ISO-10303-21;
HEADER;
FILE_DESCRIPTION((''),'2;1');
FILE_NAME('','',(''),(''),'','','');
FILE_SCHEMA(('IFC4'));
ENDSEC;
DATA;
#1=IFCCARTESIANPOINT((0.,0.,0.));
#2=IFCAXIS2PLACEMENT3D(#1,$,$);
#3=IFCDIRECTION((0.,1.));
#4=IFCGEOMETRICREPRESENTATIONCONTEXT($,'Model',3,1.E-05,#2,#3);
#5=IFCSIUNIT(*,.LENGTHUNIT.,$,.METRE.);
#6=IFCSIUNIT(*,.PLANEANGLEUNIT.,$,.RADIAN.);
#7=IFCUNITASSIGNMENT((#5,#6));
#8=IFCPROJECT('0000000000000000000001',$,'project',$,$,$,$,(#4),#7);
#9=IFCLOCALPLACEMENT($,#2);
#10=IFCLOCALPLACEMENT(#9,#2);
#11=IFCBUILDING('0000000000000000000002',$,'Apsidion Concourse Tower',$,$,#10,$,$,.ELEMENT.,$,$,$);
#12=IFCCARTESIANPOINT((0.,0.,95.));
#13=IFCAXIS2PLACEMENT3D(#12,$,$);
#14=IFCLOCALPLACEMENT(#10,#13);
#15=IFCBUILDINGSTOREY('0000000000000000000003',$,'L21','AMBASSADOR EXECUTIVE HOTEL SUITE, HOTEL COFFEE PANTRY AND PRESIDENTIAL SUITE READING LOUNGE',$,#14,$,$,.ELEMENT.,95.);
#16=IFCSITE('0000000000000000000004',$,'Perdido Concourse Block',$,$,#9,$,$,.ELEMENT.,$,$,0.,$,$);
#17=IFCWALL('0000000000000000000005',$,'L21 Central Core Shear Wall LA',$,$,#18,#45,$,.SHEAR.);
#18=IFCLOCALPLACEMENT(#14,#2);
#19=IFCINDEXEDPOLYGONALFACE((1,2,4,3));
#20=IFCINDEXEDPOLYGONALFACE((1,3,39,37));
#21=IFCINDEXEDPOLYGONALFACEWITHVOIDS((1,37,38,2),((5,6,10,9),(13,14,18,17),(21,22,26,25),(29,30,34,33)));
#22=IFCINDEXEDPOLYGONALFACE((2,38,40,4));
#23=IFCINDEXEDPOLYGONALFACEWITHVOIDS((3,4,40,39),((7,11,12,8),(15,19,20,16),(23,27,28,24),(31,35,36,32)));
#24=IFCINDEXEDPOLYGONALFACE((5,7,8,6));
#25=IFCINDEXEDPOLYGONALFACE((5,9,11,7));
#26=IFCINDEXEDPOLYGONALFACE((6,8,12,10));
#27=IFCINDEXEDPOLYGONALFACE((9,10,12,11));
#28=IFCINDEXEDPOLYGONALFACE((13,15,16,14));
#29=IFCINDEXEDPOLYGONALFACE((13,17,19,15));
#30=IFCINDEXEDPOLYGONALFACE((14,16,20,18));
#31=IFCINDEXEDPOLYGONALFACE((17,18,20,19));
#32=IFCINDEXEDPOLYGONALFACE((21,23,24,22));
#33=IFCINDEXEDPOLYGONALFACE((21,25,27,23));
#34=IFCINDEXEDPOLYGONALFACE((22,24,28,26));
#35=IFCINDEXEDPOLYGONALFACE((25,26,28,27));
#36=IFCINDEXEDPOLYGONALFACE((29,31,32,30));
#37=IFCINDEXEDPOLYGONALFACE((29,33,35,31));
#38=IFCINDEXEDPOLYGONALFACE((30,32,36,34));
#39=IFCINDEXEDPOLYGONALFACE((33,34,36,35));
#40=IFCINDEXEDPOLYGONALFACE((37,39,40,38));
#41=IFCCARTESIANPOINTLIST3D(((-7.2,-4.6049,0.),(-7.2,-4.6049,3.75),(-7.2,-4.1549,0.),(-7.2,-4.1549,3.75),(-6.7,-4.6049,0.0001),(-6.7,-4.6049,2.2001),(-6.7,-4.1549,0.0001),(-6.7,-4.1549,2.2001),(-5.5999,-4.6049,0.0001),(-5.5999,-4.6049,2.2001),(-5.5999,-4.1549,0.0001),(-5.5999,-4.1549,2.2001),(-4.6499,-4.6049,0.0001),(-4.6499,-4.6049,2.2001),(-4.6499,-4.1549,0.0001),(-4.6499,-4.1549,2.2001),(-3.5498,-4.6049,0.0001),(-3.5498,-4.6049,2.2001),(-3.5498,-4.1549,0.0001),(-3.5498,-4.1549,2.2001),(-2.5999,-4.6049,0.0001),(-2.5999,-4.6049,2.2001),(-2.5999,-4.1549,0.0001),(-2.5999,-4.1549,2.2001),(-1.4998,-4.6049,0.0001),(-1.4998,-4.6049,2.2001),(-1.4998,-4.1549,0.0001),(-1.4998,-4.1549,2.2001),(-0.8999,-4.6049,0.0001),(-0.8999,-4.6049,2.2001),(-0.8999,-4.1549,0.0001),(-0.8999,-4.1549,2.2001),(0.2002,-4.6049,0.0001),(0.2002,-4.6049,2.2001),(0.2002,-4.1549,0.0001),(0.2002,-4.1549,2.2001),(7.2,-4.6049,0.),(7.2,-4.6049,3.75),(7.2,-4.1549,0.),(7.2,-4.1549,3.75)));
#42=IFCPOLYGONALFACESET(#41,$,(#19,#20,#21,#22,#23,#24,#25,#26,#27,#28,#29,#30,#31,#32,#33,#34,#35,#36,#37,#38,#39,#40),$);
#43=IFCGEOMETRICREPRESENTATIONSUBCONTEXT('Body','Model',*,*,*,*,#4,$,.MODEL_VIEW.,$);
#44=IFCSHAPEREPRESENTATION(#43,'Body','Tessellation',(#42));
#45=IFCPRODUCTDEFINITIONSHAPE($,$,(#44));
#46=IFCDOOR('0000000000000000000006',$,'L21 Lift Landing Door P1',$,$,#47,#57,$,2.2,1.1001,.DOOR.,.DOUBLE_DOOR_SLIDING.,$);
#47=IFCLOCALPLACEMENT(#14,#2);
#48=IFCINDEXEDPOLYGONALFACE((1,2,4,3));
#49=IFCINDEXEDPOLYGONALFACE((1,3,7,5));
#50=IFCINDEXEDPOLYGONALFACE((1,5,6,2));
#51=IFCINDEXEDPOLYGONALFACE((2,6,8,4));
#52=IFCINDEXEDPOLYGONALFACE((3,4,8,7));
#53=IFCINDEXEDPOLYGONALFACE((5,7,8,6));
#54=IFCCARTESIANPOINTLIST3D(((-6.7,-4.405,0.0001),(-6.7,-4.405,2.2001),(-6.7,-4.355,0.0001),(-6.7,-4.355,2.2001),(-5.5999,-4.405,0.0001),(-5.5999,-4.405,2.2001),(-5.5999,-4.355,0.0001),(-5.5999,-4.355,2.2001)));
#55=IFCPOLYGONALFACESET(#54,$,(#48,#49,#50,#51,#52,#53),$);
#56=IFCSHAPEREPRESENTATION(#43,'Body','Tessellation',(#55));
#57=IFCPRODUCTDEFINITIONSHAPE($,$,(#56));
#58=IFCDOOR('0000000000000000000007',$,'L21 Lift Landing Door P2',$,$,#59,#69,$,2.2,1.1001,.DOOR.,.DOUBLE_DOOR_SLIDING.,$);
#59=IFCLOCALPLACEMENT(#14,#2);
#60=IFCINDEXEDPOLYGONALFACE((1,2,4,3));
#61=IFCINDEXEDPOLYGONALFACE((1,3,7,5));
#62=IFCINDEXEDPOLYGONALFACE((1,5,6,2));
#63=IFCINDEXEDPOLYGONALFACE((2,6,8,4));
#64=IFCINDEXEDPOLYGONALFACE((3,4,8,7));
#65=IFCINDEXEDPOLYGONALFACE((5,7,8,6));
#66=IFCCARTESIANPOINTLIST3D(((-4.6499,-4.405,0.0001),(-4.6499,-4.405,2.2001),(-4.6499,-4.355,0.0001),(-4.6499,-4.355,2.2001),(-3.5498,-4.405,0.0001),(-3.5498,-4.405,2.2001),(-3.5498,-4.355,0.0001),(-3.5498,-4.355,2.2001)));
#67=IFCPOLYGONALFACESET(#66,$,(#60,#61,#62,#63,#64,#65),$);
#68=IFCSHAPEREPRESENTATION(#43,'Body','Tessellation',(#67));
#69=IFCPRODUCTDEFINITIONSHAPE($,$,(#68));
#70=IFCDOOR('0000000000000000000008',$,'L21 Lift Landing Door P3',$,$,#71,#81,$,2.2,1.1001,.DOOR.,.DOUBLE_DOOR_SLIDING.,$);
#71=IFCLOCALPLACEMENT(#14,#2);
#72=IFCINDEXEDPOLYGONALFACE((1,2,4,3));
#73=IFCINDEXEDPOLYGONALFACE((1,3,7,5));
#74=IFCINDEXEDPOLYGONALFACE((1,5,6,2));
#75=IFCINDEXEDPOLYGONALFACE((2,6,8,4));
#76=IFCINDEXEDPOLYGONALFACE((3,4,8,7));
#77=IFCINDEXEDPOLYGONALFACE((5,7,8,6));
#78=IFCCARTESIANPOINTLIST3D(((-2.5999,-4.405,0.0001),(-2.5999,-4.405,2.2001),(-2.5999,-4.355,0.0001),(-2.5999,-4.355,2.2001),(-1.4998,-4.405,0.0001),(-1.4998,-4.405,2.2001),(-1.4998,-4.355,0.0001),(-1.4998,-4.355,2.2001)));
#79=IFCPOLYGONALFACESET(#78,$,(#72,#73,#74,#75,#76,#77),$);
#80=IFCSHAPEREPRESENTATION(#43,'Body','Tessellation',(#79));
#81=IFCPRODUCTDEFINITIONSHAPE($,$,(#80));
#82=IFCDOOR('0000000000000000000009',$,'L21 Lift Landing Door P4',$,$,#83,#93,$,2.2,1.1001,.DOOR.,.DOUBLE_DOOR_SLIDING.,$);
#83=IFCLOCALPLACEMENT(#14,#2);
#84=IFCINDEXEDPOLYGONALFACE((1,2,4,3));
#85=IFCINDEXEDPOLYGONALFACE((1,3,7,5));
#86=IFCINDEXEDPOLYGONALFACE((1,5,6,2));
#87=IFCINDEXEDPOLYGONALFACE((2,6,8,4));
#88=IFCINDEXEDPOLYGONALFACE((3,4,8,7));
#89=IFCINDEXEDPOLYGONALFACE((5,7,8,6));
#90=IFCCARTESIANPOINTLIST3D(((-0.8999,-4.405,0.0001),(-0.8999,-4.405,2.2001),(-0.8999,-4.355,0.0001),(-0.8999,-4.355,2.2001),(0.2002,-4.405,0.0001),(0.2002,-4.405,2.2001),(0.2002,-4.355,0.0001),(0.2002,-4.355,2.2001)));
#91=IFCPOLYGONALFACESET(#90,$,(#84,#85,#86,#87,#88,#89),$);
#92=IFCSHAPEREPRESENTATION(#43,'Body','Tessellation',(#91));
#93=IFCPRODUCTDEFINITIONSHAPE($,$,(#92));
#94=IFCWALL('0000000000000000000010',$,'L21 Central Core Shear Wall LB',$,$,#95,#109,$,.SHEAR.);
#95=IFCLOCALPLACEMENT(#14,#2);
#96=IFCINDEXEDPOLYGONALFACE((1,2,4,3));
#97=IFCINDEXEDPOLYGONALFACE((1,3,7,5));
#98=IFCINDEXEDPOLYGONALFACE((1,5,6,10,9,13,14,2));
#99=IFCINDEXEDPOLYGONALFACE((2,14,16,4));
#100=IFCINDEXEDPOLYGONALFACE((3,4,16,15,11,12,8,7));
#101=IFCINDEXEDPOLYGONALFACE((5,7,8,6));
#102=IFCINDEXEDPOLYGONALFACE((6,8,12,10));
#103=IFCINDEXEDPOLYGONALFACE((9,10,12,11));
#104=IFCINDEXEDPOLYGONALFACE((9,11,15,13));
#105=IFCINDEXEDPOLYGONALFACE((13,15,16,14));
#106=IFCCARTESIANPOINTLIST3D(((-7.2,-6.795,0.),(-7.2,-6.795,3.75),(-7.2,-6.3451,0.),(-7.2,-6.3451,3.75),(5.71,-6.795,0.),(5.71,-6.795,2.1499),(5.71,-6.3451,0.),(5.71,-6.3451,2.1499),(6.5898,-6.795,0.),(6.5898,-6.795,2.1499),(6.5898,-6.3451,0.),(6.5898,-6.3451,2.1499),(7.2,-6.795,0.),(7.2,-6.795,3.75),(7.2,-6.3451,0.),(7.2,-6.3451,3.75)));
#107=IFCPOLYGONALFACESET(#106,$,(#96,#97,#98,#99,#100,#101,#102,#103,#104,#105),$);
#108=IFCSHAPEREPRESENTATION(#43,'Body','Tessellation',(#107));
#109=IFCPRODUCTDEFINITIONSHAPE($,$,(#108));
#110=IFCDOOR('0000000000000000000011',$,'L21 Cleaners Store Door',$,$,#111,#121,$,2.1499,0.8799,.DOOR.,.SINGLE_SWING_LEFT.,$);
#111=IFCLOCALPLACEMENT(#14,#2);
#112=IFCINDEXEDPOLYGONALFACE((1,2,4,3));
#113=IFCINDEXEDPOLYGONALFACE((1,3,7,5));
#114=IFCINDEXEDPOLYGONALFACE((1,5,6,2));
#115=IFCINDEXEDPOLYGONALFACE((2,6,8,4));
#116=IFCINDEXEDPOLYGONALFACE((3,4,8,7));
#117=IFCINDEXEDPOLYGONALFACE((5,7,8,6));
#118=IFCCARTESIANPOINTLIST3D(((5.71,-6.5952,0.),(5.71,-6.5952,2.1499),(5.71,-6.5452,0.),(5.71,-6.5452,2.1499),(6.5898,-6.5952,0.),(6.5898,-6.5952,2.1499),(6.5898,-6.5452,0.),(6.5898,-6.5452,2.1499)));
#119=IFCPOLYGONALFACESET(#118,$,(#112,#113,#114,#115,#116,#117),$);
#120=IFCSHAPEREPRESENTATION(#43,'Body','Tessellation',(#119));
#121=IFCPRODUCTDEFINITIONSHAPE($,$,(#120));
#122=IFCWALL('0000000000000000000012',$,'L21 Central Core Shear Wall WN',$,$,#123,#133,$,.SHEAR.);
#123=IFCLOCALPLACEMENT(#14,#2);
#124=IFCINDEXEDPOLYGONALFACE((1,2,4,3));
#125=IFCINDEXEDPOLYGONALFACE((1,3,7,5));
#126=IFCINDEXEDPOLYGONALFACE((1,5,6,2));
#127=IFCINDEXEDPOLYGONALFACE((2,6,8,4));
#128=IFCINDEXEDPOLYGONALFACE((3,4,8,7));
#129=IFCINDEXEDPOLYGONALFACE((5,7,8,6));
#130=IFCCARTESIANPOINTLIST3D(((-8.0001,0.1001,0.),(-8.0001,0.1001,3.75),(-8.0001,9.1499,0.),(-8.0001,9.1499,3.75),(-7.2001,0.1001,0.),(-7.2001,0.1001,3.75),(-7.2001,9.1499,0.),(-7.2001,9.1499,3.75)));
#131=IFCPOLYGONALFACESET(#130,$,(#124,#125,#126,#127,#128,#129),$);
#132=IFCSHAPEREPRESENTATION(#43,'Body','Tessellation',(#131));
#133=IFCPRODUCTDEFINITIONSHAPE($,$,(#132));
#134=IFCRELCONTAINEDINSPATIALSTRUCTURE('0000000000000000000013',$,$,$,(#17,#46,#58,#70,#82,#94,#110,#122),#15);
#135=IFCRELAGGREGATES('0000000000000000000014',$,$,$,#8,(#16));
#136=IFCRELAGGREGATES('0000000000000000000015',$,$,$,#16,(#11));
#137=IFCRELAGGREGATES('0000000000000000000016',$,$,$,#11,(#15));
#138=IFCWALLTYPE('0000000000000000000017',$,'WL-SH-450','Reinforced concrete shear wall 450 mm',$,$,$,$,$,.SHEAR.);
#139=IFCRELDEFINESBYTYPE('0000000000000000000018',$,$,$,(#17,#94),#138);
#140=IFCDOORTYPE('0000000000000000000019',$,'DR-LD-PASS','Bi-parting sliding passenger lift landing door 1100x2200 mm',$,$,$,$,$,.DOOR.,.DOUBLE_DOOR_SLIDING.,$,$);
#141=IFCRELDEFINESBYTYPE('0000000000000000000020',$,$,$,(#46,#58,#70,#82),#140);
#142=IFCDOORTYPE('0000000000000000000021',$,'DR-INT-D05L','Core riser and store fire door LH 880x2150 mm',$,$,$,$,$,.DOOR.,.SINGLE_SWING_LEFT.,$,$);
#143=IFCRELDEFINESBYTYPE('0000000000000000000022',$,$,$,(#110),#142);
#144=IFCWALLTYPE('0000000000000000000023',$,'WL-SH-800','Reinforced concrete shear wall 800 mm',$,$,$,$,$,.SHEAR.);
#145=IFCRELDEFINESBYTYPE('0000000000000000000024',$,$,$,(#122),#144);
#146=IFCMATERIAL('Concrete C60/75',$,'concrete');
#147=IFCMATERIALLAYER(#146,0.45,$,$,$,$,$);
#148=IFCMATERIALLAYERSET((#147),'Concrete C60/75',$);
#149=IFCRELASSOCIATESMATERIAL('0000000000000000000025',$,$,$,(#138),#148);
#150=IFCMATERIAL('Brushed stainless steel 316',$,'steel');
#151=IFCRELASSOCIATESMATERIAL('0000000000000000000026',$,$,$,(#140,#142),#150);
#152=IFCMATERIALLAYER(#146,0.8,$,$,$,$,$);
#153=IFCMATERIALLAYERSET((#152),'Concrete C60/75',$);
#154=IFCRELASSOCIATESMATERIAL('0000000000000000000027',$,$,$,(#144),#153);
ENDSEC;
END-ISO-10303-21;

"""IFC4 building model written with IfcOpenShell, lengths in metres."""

from ifc_helpers import new_model, si_unit, direction, frame, frame_2d, origin, place, context, subcontext, project, spatial, rectangle, extrude, material, layer, layer_set, type_object, element, fill, save


model = new_model("IFC4")

# Units and contexts
model_context = context("Model", 3, precision=1e-05, world=origin(), true_north=direction((0.0, 1.0)))
body_context = subcontext(model_context, "Body", "Model", "MODEL_VIEW")
ifc_project = project(units=[si_unit("LENGTHUNIT", "METRE"), si_unit("PLANEANGLEUNIT", "RADIAN")], contexts=[model_context])

# Site, building, storey
site_placement = place(None, origin())
site = spatial("IfcSite", under=ifc_project, at=site_placement, Name="Perdido Concourse Block", CompositionType="ELEMENT", RefElevation=0.0)
building_placement = place(site_placement, origin())
building = spatial("IfcBuilding", under=site, at=building_placement, Name="Apsidion Concourse Tower", CompositionType="ELEMENT")
storey_placement = place(building_placement, frame((0.0, 0.0, 95.0)))
storey = spatial("IfcBuildingStorey", under=building, at=storey_placement, Name="L21", Description="AMBASSADOR EXECUTIVE HOTEL SUITE, HOTEL COFFEE PANTRY AND PRESIDENTIAL SUITE READING LOUNGE", CompositionType="ELEMENT", Elevation=95.0)

# Shared definitions
ifc_material_1 = material(Name="Concrete C60/75", Category="concrete")

# Shared definitions
ifc_material_2 = material(Name="Brushed stainless steel 316", Category="steel")

# Shared definitions
ifc_layer_1 = layer(ifc_material_1, 0.45)
ifc_layer_set_1 = layer_set([ifc_layer_1], Name="Concrete C60/75")
wall_type_1 = type_object("IfcWallType", Name="WL-SH-450", Description="Reinforced concrete shear wall 450 mm", PredefinedType="SHEAR", material=ifc_layer_set_1)

# Wall, openings, doors
wall_1_placement = place(storey_placement, frame((-7.2, -4.3799, 0.0), z_axis=(0.0, 0.0, 1.0), x_axis=(1.0, 0.0, 0.0)))
wall_1 = element("IfcWall", 1, at=wall_1_placement, inside=storey, type_object=wall_type_1, Name="L21 Central Core Shear Wall LA", PredefinedType="SHEAR", context=body_context, shape_type="SweptSolid", body=[
    extrude(rectangle(XDim=14.3999, YDim=0.45, at=frame_2d((7.2, 0.0))), origin(), (0.0, 0.0, 1.0), 3.75),
])
opening_1_placement = place(wall_1_placement, frame((0.5, 0.0, 0.0)))
opening_1 = element("IfcOpeningElement", 2, at=opening_1_placement, cuts=wall_1, PredefinedType="OPENING", context=body_context, shape_type="SweptSolid", body=[
    extrude(rectangle(XDim=1.1001, YDim=2.2, at=frame_2d((0.55, 1.1001))), frame((0.0, 0.2349, 0.0), z_axis=(0.0, -1.0, 0.0), x_axis=(1.0, 0.0, 0.0)), (0.0, 0.0, 1.0), 0.47),
])
opening_2_placement = place(wall_1_placement, frame((2.55, 0.0, 0.0)))
opening_2 = element("IfcOpeningElement", 3, at=opening_2_placement, cuts=wall_1, PredefinedType="OPENING", context=body_context, shape_type="SweptSolid", body=[
    extrude(rectangle(XDim=1.1001, YDim=2.2, at=frame_2d((0.55, 1.1001))), frame((0.0, 0.2349, 0.0), z_axis=(0.0, -1.0, 0.0), x_axis=(1.0, 0.0, 0.0)), (0.0, 0.0, 1.0), 0.47),
])
opening_3_placement = place(wall_1_placement, frame((4.6001, 0.0, 0.0)))
opening_3 = element("IfcOpeningElement", 4, at=opening_3_placement, cuts=wall_1, PredefinedType="OPENING", context=body_context, shape_type="SweptSolid", body=[
    extrude(rectangle(XDim=1.1001, YDim=2.2, at=frame_2d((0.55, 1.1001))), frame((0.0, 0.2349, 0.0), z_axis=(0.0, -1.0, 0.0), x_axis=(1.0, 0.0, 0.0)), (0.0, 0.0, 1.0), 0.47),
])
opening_4_placement = place(wall_1_placement, frame((6.3, 0.0, 0.0)))
opening_4 = element("IfcOpeningElement", 5, at=opening_4_placement, cuts=wall_1, PredefinedType="OPENING", context=body_context, shape_type="SweptSolid", body=[
    extrude(rectangle(XDim=1.1001, YDim=2.2, at=frame_2d((0.55, 1.1001))), frame((0.0, 0.2349, 0.0), z_axis=(0.0, -1.0, 0.0), x_axis=(1.0, 0.0, 0.0)), (0.0, 0.0, 1.0), 0.47),
])
door_type_1 = type_object("IfcDoorType", Name="DR-LD-PASS", Description="Bi-parting sliding passenger lift landing door 1100x2200 mm", OperationType="DOUBLE_DOOR_SLIDING", PredefinedType="DOOR", material=ifc_material_2)
door_1_placement = place(opening_1_placement, origin())
door_1 = element("IfcDoor", 6, at=door_1_placement, inside=storey, type_object=door_type_1, Name="L21 Lift Landing Door P1", OperationType="DOUBLE_DOOR_SLIDING", OverallHeight=2.2, OverallWidth=1.1001, PredefinedType="DOOR", context=body_context, shape_type="SweptSolid", body=[
    extrude(rectangle(XDim=1.1001, YDim=2.2, at=frame_2d((0.55, 1.1001))), frame((0.0, 0.0249, 0.0), z_axis=(0.0, -1.0, 0.0), x_axis=(1.0, 0.0, 0.0)), (0.0, 0.0, 1.0), 0.05),
])
fill(opening_1, door_1)
door_2_placement = place(opening_2_placement, origin())
door_2 = element("IfcDoor", 7, at=door_2_placement, inside=storey, type_object=door_type_1, Name="L21 Lift Landing Door P2", OperationType="DOUBLE_DOOR_SLIDING", OverallHeight=2.2, OverallWidth=1.1001, PredefinedType="DOOR", context=body_context, shape_type="SweptSolid", body=[
    extrude(rectangle(XDim=1.1001, YDim=2.2, at=frame_2d((0.55, 1.1001))), frame((0.0, 0.0249, 0.0), z_axis=(0.0, -1.0, 0.0), x_axis=(1.0, 0.0, 0.0)), (0.0, 0.0, 1.0), 0.05),
])
fill(opening_2, door_2)
door_3_placement = place(opening_3_placement, origin())
door_3 = element("IfcDoor", 8, at=door_3_placement, inside=storey, type_object=door_type_1, Name="L21 Lift Landing Door P3", OperationType="DOUBLE_DOOR_SLIDING", OverallHeight=2.2, OverallWidth=1.1001, PredefinedType="DOOR", context=body_context, shape_type="SweptSolid", body=[
    extrude(rectangle(XDim=1.1001, YDim=2.2, at=frame_2d((0.55, 1.1001))), frame((0.0, 0.0249, 0.0), z_axis=(0.0, -1.0, 0.0), x_axis=(1.0, 0.0, 0.0)), (0.0, 0.0, 1.0), 0.05),
])
fill(opening_3, door_3)
door_4_placement = place(opening_4_placement, origin())
door_4 = element("IfcDoor", 9, at=door_4_placement, inside=storey, type_object=door_type_1, Name="L21 Lift Landing Door P4", OperationType="DOUBLE_DOOR_SLIDING", OverallHeight=2.2, OverallWidth=1.1001, PredefinedType="DOOR", context=body_context, shape_type="SweptSolid", body=[
    extrude(rectangle(XDim=1.1001, YDim=2.2, at=frame_2d((0.55, 1.1001))), frame((0.0, 0.0249, 0.0), z_axis=(0.0, -1.0, 0.0), x_axis=(1.0, 0.0, 0.0)), (0.0, 0.0, 1.0), 0.05),
])
fill(opening_4, door_4)

# Wall, opening, door
wall_2_placement = place(storey_placement, frame((-7.2, -6.5701, 0.0), z_axis=(0.0, 0.0, 1.0), x_axis=(1.0, 0.0, 0.0)))
wall_2 = element("IfcWall", 10, at=wall_2_placement, inside=storey, type_object=wall_type_1, Name="L21 Central Core Shear Wall LB", PredefinedType="SHEAR", context=body_context, shape_type="SweptSolid", body=[
    extrude(rectangle(XDim=14.3999, YDim=0.45, at=frame_2d((7.2, 0.0))), origin(), (0.0, 0.0, 1.0), 3.75),
])
opening_5_placement = place(wall_2_placement, frame((12.9099, 0.0, 0.0)))
opening_5 = element("IfcOpeningElement", 11, at=opening_5_placement, cuts=wall_2, PredefinedType="OPENING", context=body_context, shape_type="SweptSolid", body=[
    extrude(rectangle(XDim=0.8799, YDim=2.1499, at=frame_2d((0.4399, 1.075))), frame((0.0, 0.2349, 0.0), z_axis=(0.0, -1.0, 0.0), x_axis=(1.0, 0.0, 0.0)), (0.0, 0.0, 1.0), 0.47),
])
door_type_2 = type_object("IfcDoorType", Name="DR-INT-D05L", Description="Core riser and store fire door LH 880x2150 mm", OperationType="SINGLE_SWING_LEFT", PredefinedType="DOOR", material=ifc_material_2)
door_5_placement = place(opening_5_placement, origin())
door_5 = element("IfcDoor", 12, at=door_5_placement, inside=storey, type_object=door_type_2, Name="L21 Cleaners Store Door", OperationType="SINGLE_SWING_LEFT", OverallHeight=2.1499, OverallWidth=0.8799, PredefinedType="DOOR", context=body_context, shape_type="SweptSolid", body=[
    extrude(rectangle(XDim=0.8799, YDim=2.1499, at=frame_2d((0.4399, 1.075))), frame((0.0, 0.0249, 0.0), z_axis=(0.0, -1.0, 0.0), x_axis=(1.0, 0.0, 0.0)), (0.0, 0.0, 1.0), 0.05),
])
fill(opening_5, door_5)

# Wall
ifc_layer_2 = layer(ifc_material_1, 0.8)
ifc_layer_set_2 = layer_set([ifc_layer_2], Name="Concrete C60/75")
wall_type_2 = type_object("IfcWallType", Name="WL-SH-800", Description="Reinforced concrete shear wall 800 mm", PredefinedType="SHEAR", material=ifc_layer_set_2)
wall_3_placement = place(storey_placement, frame((-7.6001, 0.1001, 0.0), z_axis=(0.0, 0.0, 1.0), x_axis=(0.0, 1.0, 0.0)))
element("IfcWall", 13, at=wall_3_placement, inside=storey, type_object=wall_type_2, Name="L21 Central Core Shear Wall WN", PredefinedType="SHEAR", context=body_context, shape_type="SweptSolid", body=[
    extrude(rectangle(XDim=9.0498, YDim=0.8, at=frame_2d((4.5249, 0.0))), origin(), (0.0, 0.0, 1.0), 3.75),
])

save(model, "model.ifc")
